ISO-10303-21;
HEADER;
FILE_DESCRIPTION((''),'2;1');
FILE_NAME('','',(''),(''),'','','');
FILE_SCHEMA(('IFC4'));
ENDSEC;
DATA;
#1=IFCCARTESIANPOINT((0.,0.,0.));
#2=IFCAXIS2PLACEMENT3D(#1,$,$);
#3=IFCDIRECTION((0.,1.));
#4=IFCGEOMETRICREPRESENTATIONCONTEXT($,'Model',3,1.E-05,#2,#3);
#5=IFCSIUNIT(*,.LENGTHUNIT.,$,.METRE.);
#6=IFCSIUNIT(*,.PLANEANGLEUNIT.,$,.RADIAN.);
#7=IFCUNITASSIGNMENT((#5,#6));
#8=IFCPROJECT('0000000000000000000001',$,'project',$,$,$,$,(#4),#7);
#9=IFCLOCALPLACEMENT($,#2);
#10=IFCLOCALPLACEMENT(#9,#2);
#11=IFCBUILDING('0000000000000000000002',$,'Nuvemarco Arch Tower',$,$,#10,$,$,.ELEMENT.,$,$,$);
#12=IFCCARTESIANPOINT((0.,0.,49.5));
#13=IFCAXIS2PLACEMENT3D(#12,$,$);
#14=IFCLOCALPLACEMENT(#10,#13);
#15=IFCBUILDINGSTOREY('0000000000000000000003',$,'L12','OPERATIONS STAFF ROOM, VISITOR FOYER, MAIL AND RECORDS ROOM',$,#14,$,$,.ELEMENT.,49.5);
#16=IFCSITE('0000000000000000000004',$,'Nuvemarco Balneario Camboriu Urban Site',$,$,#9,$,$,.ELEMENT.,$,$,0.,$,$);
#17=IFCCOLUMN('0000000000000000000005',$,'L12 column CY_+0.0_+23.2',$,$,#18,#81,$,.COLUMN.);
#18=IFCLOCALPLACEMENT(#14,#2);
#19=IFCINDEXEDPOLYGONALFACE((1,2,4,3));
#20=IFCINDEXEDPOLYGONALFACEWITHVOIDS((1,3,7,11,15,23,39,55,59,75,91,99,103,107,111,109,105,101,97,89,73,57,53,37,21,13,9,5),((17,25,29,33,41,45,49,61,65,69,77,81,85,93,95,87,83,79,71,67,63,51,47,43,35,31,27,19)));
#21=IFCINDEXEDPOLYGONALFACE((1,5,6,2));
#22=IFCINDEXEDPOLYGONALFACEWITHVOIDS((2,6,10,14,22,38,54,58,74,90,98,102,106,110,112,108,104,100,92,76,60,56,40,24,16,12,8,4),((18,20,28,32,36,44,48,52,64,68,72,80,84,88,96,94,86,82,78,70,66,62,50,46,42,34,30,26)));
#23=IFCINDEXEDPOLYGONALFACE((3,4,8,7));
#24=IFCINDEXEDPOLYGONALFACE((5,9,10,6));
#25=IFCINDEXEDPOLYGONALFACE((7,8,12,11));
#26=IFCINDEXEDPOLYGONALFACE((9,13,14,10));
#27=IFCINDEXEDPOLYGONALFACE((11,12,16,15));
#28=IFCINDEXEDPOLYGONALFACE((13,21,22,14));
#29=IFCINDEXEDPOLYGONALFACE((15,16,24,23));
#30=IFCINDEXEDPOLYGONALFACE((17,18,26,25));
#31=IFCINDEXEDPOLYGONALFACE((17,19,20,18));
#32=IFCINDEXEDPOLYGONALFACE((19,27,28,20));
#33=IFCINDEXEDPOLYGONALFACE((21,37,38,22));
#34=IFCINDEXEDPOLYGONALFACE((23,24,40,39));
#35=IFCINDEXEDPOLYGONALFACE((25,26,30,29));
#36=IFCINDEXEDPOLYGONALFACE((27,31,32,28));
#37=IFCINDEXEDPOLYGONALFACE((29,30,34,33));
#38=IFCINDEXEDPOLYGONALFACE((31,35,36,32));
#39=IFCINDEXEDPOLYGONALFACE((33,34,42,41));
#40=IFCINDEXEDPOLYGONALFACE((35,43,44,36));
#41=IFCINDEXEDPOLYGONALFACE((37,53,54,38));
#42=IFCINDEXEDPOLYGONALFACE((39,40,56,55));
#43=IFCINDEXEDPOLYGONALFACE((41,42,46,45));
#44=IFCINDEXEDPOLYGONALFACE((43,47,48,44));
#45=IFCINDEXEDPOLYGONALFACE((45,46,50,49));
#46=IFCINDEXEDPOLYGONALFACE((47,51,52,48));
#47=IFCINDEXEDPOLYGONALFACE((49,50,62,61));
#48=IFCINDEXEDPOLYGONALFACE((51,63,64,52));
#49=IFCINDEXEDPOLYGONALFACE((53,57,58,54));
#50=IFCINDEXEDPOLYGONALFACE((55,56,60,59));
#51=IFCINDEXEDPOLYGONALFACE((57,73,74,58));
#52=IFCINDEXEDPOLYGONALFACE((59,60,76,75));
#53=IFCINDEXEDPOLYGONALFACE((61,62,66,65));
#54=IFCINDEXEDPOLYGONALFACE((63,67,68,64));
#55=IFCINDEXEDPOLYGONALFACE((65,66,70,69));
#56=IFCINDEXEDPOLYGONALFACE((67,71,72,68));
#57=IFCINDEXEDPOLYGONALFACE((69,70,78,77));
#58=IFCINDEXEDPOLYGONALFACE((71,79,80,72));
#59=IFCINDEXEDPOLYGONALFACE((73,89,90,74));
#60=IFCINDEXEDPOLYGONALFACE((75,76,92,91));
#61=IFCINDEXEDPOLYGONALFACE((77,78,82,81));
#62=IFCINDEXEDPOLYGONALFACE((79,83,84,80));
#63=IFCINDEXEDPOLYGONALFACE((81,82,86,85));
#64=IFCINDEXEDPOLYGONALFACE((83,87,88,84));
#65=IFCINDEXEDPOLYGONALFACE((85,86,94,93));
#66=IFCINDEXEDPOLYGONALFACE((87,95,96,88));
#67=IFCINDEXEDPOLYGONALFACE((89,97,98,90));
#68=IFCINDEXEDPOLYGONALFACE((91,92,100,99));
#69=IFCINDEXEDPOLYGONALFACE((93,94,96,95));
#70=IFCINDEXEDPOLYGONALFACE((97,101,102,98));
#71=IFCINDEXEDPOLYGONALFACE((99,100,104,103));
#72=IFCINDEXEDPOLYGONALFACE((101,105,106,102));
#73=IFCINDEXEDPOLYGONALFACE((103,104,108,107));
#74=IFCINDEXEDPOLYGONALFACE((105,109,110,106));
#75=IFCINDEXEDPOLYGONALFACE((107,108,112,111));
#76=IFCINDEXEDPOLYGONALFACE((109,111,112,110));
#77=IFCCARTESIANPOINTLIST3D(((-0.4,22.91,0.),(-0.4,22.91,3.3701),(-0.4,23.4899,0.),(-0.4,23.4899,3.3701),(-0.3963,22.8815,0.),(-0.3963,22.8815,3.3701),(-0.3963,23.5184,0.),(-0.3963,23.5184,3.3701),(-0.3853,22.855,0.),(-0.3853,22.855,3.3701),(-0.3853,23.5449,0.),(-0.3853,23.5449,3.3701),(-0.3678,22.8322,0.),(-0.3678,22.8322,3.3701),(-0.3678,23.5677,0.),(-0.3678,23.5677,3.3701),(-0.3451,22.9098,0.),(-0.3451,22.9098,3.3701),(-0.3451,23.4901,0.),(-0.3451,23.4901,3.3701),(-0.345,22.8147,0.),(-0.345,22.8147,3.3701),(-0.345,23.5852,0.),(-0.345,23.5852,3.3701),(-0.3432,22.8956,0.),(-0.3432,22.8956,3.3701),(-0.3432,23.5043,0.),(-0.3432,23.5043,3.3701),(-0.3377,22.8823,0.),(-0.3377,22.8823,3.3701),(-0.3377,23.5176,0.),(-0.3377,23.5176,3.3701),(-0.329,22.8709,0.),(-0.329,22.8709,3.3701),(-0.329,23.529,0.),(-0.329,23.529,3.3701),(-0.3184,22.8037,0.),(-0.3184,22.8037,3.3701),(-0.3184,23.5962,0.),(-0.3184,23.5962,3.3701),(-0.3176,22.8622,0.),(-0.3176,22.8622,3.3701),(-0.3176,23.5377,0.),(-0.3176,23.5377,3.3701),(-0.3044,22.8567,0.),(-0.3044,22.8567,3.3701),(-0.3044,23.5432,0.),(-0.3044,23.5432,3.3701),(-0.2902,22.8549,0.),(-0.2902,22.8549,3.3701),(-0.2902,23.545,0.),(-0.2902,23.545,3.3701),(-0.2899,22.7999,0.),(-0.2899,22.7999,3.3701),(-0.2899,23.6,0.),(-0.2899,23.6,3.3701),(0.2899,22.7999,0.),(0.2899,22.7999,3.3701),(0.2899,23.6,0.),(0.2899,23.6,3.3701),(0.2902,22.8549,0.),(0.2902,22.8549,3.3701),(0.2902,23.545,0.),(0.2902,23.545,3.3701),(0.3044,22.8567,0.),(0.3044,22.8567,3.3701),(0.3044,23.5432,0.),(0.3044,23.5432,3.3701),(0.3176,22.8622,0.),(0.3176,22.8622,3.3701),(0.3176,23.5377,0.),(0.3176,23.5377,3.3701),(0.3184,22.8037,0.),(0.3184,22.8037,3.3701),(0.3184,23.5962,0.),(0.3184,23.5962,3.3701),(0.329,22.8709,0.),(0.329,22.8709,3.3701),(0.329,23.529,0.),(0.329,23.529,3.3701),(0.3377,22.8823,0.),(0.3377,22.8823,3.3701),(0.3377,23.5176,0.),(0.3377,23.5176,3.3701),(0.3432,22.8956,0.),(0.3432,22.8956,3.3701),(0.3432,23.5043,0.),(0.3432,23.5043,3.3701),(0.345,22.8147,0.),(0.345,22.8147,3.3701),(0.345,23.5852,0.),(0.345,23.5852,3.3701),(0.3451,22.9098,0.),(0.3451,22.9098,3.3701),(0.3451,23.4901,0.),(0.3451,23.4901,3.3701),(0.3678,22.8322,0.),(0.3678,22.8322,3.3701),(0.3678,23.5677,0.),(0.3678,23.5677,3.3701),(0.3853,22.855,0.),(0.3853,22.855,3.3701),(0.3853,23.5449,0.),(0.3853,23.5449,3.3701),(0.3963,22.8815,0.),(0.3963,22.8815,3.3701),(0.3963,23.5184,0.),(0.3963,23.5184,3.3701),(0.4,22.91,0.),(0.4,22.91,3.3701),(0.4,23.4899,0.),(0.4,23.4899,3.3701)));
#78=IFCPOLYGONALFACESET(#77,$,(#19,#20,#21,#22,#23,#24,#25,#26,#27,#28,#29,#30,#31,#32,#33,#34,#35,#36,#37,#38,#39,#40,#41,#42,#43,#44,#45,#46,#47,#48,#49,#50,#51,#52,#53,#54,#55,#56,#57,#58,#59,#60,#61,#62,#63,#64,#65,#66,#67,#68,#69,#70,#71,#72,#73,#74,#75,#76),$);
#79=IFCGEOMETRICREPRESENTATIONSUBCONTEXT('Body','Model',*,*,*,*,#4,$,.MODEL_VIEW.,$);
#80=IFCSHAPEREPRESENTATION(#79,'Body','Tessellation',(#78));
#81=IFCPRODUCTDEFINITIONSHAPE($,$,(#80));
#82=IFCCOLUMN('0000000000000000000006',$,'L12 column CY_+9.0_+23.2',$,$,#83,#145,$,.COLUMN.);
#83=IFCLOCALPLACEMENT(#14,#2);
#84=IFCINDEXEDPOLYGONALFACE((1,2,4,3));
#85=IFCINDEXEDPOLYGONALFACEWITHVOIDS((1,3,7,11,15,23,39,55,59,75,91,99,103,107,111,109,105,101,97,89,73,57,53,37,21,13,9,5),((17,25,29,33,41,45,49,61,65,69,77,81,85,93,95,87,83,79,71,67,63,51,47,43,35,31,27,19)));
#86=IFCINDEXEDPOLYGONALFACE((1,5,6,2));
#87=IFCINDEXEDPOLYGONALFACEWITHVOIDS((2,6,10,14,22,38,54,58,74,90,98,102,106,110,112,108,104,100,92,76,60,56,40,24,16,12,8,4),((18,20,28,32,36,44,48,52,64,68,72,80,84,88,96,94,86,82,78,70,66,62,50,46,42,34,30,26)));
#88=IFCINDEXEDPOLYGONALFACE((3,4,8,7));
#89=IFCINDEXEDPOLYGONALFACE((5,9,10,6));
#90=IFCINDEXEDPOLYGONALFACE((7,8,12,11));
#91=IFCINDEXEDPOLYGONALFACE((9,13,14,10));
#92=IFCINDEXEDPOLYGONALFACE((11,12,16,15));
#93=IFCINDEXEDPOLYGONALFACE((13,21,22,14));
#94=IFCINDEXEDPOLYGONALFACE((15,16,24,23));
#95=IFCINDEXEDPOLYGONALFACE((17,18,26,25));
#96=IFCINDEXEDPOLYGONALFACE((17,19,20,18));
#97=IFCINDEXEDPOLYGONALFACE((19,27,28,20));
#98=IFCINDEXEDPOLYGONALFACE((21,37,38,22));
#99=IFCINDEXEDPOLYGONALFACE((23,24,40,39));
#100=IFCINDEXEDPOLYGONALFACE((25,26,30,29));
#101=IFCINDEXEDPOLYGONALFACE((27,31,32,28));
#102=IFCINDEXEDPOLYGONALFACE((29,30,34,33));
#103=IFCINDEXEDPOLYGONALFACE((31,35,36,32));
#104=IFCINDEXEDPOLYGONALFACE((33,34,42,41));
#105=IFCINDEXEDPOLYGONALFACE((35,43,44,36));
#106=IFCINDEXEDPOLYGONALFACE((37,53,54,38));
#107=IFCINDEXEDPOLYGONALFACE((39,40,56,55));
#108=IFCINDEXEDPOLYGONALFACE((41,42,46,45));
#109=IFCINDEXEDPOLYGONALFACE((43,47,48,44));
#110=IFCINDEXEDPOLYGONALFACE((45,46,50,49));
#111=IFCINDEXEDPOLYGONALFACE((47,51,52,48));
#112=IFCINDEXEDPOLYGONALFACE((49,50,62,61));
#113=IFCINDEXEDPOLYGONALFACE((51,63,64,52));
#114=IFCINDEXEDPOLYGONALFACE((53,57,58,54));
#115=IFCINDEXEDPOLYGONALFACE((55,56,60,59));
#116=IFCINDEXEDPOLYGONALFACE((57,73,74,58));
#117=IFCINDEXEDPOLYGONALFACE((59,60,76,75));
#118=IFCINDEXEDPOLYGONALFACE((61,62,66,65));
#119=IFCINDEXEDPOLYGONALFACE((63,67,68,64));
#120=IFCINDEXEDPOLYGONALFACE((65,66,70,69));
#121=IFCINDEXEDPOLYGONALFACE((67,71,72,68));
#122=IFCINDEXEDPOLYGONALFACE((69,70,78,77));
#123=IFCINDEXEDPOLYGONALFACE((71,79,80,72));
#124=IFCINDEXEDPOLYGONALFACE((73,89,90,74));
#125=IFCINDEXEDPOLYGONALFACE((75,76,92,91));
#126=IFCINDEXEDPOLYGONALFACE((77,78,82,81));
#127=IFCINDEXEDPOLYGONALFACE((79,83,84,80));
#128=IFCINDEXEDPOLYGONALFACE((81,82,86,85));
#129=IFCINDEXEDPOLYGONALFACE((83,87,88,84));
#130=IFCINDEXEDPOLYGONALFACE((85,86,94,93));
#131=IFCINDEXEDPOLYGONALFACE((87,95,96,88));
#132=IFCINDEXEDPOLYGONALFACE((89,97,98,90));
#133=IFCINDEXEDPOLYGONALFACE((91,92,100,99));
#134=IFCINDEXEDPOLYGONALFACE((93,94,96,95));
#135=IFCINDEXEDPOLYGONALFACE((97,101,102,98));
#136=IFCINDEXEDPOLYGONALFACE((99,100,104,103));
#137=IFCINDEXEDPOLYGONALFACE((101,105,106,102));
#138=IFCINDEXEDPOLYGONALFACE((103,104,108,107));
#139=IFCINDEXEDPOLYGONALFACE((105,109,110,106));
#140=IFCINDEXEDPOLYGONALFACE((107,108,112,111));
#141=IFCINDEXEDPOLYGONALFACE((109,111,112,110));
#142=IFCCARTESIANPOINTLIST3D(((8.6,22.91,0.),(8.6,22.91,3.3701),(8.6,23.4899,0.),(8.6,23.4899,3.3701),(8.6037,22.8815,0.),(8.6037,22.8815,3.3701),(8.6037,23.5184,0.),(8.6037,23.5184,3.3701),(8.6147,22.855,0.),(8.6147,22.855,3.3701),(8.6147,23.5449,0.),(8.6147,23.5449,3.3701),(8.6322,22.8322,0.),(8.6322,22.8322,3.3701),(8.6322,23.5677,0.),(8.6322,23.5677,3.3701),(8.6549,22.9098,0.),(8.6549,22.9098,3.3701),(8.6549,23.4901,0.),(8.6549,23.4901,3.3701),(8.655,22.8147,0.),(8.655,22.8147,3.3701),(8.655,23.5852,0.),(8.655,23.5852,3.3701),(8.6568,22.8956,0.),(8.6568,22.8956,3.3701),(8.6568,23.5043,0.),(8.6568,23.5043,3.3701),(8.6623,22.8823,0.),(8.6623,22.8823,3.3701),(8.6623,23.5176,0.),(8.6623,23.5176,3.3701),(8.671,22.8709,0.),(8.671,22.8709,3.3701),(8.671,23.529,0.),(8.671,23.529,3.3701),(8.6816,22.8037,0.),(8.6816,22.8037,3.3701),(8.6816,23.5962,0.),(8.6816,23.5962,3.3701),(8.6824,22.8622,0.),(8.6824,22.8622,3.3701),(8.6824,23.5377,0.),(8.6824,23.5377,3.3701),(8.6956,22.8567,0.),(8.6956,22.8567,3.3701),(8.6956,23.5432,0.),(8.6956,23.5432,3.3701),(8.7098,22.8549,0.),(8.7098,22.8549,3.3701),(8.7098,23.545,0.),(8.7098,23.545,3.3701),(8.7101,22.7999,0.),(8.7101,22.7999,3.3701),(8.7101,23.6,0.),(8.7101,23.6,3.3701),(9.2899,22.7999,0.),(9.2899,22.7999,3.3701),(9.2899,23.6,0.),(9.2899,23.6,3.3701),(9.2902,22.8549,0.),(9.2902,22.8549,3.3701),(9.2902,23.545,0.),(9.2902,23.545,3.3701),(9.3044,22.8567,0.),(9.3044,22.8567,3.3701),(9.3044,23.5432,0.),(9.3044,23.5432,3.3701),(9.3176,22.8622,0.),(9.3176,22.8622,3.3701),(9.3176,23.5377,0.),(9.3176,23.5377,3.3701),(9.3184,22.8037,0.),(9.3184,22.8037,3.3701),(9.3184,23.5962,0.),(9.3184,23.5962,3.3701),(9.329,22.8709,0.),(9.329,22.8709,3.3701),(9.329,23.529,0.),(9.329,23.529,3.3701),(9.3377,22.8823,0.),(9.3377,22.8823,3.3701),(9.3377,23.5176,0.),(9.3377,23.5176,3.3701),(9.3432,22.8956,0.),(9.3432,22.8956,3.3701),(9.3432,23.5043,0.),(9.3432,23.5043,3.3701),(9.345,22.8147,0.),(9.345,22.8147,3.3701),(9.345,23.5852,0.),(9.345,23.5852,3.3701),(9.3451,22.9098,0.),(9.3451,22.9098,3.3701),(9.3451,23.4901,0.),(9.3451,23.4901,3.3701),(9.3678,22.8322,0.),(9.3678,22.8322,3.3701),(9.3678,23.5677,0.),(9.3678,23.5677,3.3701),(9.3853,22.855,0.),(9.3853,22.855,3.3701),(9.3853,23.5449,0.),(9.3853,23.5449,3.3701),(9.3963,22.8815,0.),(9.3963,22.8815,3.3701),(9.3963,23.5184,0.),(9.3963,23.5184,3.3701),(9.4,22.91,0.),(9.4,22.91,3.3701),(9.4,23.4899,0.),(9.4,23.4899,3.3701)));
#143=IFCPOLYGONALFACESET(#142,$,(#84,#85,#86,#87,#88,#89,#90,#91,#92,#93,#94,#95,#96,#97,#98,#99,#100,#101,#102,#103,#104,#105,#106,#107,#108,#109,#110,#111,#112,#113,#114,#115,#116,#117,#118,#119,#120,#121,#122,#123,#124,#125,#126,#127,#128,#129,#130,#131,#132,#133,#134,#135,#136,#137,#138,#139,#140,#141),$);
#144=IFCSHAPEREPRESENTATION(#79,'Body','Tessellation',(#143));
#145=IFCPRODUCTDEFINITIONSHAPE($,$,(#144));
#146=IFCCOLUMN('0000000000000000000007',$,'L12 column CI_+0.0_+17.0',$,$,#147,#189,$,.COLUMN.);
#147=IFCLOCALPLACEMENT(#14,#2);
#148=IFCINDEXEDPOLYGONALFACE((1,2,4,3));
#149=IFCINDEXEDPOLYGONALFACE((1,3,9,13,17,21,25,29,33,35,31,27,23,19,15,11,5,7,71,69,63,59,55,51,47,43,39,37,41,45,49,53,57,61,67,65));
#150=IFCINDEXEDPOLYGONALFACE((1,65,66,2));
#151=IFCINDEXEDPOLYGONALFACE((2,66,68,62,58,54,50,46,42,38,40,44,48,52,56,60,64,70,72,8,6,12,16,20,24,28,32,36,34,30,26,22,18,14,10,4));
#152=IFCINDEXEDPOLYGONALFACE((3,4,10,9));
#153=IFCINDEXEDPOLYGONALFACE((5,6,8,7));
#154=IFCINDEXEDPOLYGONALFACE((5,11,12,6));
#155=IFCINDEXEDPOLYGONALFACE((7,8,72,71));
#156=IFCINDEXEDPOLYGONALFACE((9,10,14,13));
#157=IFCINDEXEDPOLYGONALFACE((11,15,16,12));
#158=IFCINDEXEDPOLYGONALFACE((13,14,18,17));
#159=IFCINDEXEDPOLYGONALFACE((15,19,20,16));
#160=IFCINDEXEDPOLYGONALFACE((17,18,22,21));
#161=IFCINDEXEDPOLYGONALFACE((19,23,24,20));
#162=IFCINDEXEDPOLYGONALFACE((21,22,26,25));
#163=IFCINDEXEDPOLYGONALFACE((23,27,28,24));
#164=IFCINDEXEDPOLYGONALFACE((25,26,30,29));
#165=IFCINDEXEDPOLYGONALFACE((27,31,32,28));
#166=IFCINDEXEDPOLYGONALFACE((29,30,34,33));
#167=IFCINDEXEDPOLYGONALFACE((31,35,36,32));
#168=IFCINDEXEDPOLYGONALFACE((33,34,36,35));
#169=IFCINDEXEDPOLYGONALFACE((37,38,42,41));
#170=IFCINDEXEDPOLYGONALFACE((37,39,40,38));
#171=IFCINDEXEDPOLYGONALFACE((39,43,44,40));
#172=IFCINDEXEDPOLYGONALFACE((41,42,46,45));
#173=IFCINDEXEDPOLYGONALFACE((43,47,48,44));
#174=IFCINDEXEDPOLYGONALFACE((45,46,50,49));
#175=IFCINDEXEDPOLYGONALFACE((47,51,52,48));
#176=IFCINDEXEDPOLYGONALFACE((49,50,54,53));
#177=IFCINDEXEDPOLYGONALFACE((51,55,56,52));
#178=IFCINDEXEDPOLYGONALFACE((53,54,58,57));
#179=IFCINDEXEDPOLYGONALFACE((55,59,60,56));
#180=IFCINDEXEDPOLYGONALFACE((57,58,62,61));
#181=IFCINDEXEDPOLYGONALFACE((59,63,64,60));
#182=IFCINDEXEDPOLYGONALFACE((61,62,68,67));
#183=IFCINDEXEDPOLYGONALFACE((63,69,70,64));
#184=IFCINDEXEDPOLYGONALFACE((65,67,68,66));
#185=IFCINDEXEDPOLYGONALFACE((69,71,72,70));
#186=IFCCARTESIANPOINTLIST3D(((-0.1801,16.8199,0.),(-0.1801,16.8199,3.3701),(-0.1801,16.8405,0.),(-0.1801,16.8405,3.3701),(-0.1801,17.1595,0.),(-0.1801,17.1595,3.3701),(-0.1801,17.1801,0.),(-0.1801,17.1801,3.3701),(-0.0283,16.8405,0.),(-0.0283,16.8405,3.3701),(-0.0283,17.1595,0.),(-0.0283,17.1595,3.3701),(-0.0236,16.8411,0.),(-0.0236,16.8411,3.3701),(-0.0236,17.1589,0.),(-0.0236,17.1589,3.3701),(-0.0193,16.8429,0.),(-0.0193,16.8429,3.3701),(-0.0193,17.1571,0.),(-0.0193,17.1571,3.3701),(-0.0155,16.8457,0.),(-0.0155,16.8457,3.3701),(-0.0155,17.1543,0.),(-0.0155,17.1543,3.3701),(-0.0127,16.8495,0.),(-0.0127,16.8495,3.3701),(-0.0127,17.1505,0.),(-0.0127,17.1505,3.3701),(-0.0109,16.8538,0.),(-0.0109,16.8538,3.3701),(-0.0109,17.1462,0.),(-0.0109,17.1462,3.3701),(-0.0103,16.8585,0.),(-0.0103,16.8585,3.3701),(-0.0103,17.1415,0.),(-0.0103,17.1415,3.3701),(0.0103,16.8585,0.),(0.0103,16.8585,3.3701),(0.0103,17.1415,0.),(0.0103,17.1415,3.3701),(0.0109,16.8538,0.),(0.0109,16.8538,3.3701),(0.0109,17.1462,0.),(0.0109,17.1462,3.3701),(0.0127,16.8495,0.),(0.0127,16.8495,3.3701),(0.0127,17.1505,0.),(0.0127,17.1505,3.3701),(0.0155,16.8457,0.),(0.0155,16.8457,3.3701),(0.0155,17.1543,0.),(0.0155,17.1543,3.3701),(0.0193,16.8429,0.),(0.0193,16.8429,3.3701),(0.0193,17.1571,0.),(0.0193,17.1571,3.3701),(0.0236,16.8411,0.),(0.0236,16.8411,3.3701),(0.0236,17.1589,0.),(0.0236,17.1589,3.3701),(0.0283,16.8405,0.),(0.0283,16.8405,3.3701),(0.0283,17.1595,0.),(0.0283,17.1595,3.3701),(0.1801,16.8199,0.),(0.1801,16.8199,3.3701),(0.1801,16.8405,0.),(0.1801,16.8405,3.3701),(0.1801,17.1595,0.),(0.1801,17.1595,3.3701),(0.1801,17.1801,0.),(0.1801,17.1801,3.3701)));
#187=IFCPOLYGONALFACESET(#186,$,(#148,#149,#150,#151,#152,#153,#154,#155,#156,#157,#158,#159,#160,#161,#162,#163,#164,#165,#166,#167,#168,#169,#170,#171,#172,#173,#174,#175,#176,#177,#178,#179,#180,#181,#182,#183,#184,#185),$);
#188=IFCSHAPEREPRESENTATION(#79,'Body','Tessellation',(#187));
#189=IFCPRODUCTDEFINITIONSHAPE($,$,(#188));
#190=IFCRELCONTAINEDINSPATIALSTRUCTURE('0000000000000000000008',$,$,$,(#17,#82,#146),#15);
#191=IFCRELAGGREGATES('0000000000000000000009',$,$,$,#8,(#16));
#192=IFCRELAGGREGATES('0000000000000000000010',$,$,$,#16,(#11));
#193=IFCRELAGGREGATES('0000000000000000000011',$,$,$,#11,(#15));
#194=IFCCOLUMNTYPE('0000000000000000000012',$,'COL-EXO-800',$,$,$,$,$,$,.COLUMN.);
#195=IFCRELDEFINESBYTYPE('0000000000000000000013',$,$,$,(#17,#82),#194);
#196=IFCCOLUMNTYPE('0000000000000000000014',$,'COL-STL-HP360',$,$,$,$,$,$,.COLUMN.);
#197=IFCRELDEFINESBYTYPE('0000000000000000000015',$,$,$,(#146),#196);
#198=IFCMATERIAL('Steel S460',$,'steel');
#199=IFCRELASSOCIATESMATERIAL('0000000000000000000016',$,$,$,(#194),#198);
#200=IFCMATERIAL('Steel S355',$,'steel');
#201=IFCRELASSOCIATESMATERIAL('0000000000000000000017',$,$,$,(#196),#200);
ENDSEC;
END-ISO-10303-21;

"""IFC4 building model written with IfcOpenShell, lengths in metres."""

from ifc_helpers import new_model, si_unit, direction, frame, origin, origin_2d, place, context, subcontext, project, spatial, hollow_rectangle, i_section, extrude, material, material_profile, profile_set, type_object, element, save


model = new_model("IFC4")

# Units and contexts
model_context = context("Model", 3, precision=1e-05, world=origin(), true_north=direction((0.0, 1.0)))
body_context = subcontext(model_context, "Body", "Model", "MODEL_VIEW")
ifc_project = project(units=[si_unit("LENGTHUNIT", "METRE"), si_unit("PLANEANGLEUNIT", "RADIAN")], contexts=[model_context])

# Site, building, storey
site_placement = place(None, origin())
site = spatial("IfcSite", under=ifc_project, at=site_placement, Name="Nuvemarco Balneario Camboriu Urban Site", CompositionType="ELEMENT", RefElevation=0.0)
building_placement = place(site_placement, origin())
building = spatial("IfcBuilding", under=site, at=building_placement, Name="Nuvemarco Arch Tower", CompositionType="ELEMENT")
storey_placement = place(building_placement, frame((0.0, 0.0, 49.5)))
storey = spatial("IfcBuildingStorey", under=building, at=storey_placement, Name="L12", Description="OPERATIONS STAFF ROOM, VISITOR FOYER, MAIL AND RECORDS ROOM", CompositionType="ELEMENT", Elevation=49.5)

# Columns
ifc_material_1 = material(Name="Steel S460", Category="steel")
ifc_material_profile_1 = material_profile(ifc_material_1, hollow_rectangle(XDim=0.8, YDim=0.8, WallThickness=0.0549, InnerFilletRadius=0.0549, OuterFilletRadius=0.1101, at=origin_2d()), Name="SHS800x800x55")
ifc_profile_set_1 = profile_set([ifc_material_profile_1], Name="Steel S460")
column_type_1 = type_object("IfcColumnType", Name="COL-EXO-800", PredefinedType="COLUMN", material=ifc_profile_set_1)
for number, where, z_axis, x_axis, name in (
    (1, (0.0, 23.2, 0.0), (0.0, 0.0, 1.0), (1.0, 0.0, 0.0), "L12 column CY_+0.0_+23.2"),
    (2, (9.0, 23.2, 0.0), (0.0, 0.0, 1.0), (1.0, 0.0, 0.0), "L12 column CY_+9.0_+23.2"),
):
    element("IfcColumn", number, at=place(storey_placement, frame(where, z_axis=z_axis, x_axis=x_axis)), inside=storey, type_object=column_type_1, Name=name, PredefinedType="COLUMN", context=body_context, shape_type="SweptSolid", body=[
        extrude(hollow_rectangle(XDim=0.8, YDim=0.8, WallThickness=0.0549, InnerFilletRadius=0.0549, OuterFilletRadius=0.1101, at=origin_2d()), origin(), (0.0, 0.0, 1.0), 3.3701),
    ])
ifc_material_2 = material(Name="Steel S355", Category="steel")
ifc_material_profile_2 = material_profile(ifc_material_2, i_section(OverallWidth=0.3601, OverallDepth=0.3601, WebThickness=0.0205, FlangeThickness=0.0205, FilletRadius=0.0181, at=origin_2d()), Name="HP360x174")
ifc_profile_set_2 = profile_set([ifc_material_profile_2], Name="Steel S355")
column_type_2 = type_object("IfcColumnType", Name="COL-STL-HP360", PredefinedType="COLUMN", material=ifc_profile_set_2)
for number, where, z_axis, x_axis, name in (
    (3, (0.0, 17.0, 0.0), (0.0, 0.0, 1.0), (1.0, 0.0, 0.0), "L12 column CI_+0.0_+17.0"),
):
    element("IfcColumn", number, at=place(storey_placement, frame(where, z_axis=z_axis, x_axis=x_axis)), inside=storey, type_object=column_type_2, Name=name, PredefinedType="COLUMN", context=body_context, shape_type="SweptSolid", body=[
        extrude(i_section(OverallWidth=0.3601, OverallDepth=0.3601, WebThickness=0.0205, FlangeThickness=0.0205, FilletRadius=0.0181, at=origin_2d()), origin(), (0.0, 0.0, 1.0), 3.3701),
    ])

save(model, "model.ifc")
